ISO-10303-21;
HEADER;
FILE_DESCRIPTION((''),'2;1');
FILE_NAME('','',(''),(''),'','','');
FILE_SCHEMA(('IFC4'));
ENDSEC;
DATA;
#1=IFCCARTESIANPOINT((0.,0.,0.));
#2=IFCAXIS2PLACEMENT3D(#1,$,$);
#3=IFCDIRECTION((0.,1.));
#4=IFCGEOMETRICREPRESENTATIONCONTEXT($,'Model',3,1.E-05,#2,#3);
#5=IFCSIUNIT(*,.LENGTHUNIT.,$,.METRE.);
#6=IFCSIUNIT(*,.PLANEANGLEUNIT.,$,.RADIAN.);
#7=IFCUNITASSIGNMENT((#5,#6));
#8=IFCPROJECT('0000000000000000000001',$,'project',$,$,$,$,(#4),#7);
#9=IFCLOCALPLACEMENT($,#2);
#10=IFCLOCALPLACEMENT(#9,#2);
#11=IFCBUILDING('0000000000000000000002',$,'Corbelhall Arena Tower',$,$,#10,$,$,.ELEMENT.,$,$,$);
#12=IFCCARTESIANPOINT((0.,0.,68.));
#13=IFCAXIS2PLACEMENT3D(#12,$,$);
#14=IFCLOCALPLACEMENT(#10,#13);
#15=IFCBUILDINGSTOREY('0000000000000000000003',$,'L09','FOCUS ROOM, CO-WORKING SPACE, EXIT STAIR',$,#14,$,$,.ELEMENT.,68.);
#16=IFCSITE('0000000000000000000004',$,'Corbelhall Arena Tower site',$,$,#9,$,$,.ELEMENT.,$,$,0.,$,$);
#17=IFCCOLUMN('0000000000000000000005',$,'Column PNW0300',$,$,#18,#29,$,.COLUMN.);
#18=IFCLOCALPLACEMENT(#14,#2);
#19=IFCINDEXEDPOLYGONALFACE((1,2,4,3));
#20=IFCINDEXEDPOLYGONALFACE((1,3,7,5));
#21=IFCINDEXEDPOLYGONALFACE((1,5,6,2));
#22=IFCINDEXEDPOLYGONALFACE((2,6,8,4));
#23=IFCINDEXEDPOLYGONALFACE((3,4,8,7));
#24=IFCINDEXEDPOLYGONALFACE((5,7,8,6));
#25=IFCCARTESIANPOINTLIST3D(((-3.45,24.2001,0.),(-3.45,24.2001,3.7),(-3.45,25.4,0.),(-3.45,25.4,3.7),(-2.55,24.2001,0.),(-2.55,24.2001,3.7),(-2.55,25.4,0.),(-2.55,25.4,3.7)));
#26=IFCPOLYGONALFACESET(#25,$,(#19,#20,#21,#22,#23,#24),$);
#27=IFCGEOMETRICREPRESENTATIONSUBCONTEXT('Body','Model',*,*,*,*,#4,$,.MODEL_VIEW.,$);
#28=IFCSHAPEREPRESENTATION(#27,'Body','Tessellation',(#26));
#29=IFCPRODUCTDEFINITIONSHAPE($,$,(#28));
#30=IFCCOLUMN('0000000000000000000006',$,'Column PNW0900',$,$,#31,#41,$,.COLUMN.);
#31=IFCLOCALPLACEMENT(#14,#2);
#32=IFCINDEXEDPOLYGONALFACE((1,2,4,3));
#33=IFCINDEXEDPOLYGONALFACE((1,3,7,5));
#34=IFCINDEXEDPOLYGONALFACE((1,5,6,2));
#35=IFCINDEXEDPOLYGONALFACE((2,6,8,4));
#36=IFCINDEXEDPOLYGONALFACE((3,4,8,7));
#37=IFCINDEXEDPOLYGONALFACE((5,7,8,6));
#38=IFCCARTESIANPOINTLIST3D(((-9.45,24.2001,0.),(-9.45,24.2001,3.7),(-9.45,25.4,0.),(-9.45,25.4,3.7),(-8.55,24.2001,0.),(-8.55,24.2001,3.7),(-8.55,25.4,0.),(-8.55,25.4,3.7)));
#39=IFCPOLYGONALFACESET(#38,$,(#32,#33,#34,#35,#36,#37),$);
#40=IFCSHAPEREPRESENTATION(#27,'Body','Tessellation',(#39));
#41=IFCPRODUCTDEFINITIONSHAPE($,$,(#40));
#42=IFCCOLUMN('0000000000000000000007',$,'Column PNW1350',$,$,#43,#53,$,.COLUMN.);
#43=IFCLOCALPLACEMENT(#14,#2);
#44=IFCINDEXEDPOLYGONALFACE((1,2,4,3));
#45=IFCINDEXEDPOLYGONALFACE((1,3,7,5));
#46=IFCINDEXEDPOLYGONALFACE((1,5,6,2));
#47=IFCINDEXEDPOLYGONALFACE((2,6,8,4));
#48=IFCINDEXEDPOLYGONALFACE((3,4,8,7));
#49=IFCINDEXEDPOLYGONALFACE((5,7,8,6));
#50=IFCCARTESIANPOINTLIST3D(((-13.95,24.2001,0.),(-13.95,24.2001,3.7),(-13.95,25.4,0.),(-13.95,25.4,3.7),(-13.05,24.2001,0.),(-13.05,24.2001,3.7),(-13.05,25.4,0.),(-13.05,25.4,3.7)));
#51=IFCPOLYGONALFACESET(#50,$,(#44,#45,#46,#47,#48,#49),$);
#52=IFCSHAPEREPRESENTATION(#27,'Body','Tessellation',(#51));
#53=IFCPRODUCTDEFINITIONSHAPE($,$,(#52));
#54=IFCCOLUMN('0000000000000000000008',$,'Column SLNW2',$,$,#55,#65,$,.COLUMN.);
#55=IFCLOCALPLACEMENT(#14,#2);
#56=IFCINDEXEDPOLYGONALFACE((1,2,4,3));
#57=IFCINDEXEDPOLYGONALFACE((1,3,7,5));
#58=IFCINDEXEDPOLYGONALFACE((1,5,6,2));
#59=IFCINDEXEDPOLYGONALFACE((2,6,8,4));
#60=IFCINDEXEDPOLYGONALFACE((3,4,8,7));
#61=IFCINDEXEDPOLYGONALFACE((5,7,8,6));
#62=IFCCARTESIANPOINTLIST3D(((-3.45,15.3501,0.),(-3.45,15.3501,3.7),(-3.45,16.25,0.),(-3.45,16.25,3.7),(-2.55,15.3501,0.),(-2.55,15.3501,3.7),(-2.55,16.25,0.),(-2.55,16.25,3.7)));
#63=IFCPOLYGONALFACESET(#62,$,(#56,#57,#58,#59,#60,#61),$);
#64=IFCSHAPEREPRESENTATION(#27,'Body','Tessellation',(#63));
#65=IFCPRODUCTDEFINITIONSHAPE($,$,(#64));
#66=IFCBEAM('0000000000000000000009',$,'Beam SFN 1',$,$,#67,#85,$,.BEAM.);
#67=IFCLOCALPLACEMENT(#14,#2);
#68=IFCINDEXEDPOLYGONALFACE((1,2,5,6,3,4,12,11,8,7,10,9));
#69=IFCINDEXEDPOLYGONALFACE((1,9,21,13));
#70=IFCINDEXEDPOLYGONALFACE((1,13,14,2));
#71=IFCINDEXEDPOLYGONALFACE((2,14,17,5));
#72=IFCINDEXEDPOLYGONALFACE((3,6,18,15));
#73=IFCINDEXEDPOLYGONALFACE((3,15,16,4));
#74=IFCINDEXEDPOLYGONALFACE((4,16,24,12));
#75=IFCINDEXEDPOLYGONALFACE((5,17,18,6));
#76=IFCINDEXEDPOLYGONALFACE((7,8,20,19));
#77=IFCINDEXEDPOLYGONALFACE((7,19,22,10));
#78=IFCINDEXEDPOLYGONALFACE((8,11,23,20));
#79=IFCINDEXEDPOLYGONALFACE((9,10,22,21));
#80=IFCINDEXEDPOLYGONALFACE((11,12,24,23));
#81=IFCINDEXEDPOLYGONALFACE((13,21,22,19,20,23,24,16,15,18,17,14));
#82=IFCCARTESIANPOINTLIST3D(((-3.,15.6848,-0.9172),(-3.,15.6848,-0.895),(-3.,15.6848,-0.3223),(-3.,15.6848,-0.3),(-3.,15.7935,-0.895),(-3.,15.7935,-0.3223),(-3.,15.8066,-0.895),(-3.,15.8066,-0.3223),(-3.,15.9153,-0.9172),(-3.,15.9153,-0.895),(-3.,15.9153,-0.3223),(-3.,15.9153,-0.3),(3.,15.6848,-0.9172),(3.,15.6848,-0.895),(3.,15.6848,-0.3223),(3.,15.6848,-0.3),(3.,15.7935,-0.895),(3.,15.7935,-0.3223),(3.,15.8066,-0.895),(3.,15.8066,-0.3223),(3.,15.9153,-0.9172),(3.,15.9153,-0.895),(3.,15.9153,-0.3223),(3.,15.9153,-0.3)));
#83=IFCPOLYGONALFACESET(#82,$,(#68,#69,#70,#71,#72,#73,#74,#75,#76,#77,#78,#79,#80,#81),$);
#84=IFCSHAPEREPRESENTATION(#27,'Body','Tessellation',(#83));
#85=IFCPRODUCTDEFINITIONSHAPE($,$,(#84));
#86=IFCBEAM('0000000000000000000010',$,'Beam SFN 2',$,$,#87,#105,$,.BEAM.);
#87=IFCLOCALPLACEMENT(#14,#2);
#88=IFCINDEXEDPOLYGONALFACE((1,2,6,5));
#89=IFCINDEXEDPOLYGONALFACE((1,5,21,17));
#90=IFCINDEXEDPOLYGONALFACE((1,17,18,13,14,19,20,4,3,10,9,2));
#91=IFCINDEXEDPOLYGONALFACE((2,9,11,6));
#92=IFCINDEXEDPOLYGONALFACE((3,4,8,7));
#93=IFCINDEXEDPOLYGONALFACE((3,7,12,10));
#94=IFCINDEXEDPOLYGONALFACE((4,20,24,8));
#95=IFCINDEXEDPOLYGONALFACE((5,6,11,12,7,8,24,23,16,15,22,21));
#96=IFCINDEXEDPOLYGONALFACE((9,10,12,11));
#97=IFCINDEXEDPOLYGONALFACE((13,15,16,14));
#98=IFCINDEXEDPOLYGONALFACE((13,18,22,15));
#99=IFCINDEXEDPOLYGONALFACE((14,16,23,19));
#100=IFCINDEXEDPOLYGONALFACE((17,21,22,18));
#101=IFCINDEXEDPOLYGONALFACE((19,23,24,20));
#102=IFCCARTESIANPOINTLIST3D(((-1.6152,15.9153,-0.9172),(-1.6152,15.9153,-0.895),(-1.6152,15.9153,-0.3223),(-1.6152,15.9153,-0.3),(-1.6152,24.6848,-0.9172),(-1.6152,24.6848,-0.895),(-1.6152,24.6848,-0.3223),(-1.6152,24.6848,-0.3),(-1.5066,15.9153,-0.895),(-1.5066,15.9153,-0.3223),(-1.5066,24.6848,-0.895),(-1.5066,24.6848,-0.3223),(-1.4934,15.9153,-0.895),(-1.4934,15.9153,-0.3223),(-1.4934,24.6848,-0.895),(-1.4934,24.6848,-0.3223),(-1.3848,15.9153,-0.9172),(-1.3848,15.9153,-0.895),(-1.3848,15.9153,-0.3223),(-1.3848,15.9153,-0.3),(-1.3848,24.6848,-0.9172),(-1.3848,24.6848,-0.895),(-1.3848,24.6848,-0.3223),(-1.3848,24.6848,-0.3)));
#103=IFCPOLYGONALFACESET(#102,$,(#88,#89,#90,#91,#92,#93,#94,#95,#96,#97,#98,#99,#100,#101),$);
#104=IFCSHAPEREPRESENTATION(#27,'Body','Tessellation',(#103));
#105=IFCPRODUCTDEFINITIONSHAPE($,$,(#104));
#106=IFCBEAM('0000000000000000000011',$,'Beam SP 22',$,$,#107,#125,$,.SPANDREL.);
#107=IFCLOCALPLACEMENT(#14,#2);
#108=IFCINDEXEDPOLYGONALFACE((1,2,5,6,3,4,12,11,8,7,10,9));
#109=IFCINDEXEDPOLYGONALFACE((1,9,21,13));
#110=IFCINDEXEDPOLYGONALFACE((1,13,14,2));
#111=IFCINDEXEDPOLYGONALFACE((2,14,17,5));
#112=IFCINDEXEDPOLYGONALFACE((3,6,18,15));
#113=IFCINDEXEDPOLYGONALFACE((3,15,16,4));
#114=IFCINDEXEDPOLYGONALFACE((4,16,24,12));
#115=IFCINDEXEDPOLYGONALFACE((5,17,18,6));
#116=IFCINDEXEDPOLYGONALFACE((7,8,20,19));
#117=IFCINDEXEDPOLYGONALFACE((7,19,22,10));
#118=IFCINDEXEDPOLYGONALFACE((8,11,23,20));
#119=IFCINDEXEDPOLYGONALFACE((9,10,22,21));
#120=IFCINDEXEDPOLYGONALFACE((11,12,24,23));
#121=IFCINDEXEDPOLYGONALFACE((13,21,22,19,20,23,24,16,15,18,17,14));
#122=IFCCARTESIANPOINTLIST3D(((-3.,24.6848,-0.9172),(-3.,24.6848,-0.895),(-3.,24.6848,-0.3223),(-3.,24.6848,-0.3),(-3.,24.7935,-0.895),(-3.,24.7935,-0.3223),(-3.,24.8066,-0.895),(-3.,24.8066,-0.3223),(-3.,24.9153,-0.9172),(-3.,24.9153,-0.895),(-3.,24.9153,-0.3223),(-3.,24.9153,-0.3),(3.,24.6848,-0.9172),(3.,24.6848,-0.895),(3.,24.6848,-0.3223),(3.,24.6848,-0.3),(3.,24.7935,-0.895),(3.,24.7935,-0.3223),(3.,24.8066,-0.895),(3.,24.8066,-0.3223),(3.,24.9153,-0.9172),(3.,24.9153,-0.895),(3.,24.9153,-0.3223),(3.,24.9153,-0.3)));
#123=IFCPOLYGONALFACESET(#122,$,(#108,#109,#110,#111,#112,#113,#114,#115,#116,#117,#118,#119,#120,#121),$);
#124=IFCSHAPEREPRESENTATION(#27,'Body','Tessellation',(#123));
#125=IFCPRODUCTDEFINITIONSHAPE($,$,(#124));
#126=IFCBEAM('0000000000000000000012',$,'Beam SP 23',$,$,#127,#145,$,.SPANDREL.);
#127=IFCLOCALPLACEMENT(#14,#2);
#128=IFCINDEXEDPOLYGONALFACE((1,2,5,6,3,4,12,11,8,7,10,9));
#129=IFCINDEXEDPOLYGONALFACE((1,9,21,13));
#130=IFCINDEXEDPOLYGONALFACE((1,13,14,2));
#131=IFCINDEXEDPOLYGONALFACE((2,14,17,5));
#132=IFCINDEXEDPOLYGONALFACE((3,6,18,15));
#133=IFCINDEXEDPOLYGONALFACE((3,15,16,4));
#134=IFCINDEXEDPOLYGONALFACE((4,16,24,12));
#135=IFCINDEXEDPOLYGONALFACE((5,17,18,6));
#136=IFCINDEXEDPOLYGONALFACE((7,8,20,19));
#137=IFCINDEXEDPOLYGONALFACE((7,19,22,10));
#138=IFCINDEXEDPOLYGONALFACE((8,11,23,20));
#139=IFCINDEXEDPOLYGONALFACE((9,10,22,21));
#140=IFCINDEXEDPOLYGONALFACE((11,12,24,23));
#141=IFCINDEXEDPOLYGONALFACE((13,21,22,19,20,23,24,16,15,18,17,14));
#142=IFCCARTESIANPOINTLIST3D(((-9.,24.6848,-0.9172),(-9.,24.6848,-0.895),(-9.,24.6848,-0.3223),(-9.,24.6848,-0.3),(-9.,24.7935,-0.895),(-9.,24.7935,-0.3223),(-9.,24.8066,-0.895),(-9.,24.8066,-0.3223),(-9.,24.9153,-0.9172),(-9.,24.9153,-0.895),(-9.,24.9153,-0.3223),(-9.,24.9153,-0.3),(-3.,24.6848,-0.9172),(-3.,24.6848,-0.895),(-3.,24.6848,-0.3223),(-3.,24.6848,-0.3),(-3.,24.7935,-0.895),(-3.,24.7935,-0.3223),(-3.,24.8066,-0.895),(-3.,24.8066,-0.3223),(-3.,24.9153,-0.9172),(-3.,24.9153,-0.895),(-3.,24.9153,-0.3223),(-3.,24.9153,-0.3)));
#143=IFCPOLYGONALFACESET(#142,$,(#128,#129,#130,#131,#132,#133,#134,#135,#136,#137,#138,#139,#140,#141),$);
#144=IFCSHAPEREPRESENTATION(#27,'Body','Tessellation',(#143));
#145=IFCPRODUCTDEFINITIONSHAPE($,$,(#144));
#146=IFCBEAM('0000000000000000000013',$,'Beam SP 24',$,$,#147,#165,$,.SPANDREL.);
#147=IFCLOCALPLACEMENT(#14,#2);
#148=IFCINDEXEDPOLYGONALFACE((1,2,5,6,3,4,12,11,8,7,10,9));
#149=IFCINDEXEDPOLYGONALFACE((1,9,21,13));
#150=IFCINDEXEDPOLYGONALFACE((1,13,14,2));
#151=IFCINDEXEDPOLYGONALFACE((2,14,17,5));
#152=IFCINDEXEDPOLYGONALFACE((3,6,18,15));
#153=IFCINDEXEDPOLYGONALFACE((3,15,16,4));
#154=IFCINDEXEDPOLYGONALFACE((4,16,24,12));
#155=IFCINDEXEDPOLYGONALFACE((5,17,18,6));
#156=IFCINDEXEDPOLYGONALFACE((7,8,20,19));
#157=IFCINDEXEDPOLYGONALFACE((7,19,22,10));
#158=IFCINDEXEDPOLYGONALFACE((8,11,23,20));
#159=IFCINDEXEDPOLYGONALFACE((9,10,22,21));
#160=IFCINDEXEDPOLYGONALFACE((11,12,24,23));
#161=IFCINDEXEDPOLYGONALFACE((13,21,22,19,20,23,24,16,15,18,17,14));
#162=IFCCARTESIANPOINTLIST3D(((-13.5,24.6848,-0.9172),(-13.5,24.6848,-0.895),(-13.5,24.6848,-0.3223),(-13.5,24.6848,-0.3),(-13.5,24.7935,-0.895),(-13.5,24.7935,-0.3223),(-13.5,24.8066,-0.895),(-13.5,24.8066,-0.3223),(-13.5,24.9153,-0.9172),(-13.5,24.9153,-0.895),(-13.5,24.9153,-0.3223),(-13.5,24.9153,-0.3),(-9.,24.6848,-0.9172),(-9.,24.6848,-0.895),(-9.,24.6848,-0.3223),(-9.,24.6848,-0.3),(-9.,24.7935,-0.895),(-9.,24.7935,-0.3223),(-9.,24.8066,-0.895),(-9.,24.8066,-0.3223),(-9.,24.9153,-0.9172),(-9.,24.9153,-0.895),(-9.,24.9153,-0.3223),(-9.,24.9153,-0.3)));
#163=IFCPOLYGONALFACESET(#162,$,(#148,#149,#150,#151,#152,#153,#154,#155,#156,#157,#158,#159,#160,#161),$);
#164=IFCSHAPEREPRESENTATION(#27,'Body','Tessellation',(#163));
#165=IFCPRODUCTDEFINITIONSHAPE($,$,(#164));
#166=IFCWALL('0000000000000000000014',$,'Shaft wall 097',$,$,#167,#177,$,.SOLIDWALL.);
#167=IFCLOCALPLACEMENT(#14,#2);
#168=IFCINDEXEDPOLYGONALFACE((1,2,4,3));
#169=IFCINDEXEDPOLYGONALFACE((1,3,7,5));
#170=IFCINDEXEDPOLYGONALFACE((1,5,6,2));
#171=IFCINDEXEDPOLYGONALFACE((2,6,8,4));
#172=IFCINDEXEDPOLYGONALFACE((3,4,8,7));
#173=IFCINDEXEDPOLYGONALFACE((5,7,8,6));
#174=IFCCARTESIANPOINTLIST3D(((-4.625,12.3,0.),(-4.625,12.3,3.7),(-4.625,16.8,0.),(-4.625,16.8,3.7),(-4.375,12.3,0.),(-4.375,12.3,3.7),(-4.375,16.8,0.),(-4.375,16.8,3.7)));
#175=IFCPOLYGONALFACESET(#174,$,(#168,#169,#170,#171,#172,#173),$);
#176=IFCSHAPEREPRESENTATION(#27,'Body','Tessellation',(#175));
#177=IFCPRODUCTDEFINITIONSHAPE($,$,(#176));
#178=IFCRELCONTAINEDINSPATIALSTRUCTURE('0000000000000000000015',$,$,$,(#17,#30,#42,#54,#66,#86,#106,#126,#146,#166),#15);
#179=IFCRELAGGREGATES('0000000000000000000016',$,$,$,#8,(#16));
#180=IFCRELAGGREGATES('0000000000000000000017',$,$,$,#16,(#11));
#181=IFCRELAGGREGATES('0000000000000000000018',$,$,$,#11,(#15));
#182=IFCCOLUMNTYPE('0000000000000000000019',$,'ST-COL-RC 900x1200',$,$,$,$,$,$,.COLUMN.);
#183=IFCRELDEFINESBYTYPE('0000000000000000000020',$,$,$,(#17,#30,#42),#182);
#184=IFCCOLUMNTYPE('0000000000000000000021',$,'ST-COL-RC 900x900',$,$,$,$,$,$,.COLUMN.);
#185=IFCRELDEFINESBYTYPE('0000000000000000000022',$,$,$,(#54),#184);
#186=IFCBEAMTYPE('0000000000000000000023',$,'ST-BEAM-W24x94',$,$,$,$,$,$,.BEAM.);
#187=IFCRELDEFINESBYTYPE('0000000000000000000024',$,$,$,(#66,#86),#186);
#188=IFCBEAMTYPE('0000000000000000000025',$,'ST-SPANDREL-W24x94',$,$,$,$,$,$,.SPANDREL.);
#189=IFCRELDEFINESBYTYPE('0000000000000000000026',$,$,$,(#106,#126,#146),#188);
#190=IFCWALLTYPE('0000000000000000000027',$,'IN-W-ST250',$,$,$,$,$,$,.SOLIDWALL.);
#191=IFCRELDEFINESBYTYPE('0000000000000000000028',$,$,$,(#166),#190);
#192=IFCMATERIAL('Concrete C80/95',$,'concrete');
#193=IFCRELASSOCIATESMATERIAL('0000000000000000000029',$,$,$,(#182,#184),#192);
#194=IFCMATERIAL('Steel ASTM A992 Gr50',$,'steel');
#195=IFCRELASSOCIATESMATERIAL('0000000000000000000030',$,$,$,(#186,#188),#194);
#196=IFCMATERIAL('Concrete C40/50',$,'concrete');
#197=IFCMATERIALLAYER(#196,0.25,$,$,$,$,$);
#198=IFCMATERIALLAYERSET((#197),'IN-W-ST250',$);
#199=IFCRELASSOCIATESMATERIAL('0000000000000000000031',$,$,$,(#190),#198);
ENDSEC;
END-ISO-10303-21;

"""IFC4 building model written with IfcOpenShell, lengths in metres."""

from ifc_helpers import new_model, si_unit, direction, frame, frame_2d, origin, origin_2d, place, context, subcontext, project, spatial, rectangle, i_section, extrude, material, layer, layer_set, material_profile, profile_set, type_object, element, save


model = new_model("IFC4")

# Units and contexts
model_context = context("Model", 3, precision=1e-05, world=origin(), true_north=direction((0.0, 1.0)))
body_context = subcontext(model_context, "Body", "Model", "MODEL_VIEW")
ifc_project = project(units=[si_unit("LENGTHUNIT", "METRE"), si_unit("PLANEANGLEUNIT", "RADIAN")], contexts=[model_context])

# Site, building, storey
site_placement = place(None, origin())
site = spatial("IfcSite", under=ifc_project, at=site_placement, Name="Corbelhall Arena Tower site", CompositionType="ELEMENT", RefElevation=0.0)
building_placement = place(site_placement, origin())
building = spatial("IfcBuilding", under=site, at=building_placement, Name="Corbelhall Arena Tower", CompositionType="ELEMENT")
storey_placement = place(building_placement, frame((0.0, 0.0, 68.0)))
storey = spatial("IfcBuildingStorey", under=building, at=storey_placement, Name="L09", Description="FOCUS ROOM, CO-WORKING SPACE, EXIT STAIR", CompositionType="ELEMENT", Elevation=68.0)

# Columns
ifc_material_1 = material(Name="Concrete C80/95", Category="concrete")
ifc_material_profile_1 = material_profile(ifc_material_1, rectangle(XDim=0.8999, YDim=1.2, at=origin_2d()))
ifc_profile_set_1 = profile_set([ifc_material_profile_1], Name="Concrete C80/95")
column_type_1 = type_object("IfcColumnType", Name="ST-COL-RC 900x1200", PredefinedType="COLUMN", material=ifc_profile_set_1)
for number, where, z_axis, x_axis, name in (
    (1, (-3.0, 24.8, 0.0), (0.0, 0.0, 1.0), (1.0, 0.0, 0.0), "Column PNW0300"),
    (2, (-9.0, 24.8, 0.0), (0.0, 0.0, 1.0), (1.0, 0.0, 0.0), "Column PNW0900"),
    (3, (-13.5, 24.8, 0.0), (0.0, 0.0, 1.0), (1.0, 0.0, 0.0), "Column PNW1350"),
):
    element("IfcColumn", number, at=place(storey_placement, frame(where, z_axis=z_axis, x_axis=x_axis)), inside=storey, type_object=column_type_1, Name=name, PredefinedType="COLUMN", context=body_context, shape_type="SweptSolid", body=[
        extrude(rectangle(XDim=0.8999, YDim=1.2, at=origin_2d()), origin(), (0.0, 0.0, 1.0), 3.7),
    ])
ifc_material_profile_2 = material_profile(ifc_material_1, rectangle(XDim=0.8999, YDim=0.8999, at=origin_2d()))
ifc_profile_set_2 = profile_set([ifc_material_profile_2], Name="Concrete C80/95")
column_type_2 = type_object("IfcColumnType", Name="ST-COL-RC 900x900", PredefinedType="COLUMN", material=ifc_profile_set_2)
column_placement = place(storey_placement, frame((-3.0, 15.8, 0.0), z_axis=(0.0, 0.0, 1.0), x_axis=(1.0, 0.0, 0.0)))
element("IfcColumn", 4, at=column_placement, inside=storey, type_object=column_type_2, Name="Column SLNW2", PredefinedType="COLUMN", context=body_context, shape_type="SweptSolid", body=[
    extrude(rectangle(XDim=0.8999, YDim=0.8999, at=origin_2d()), origin(), (0.0, 0.0, 1.0), 3.7),
])

# Beams
ifc_material_2 = material(Name="Steel ASTM A992 Gr50", Category="steel")
ifc_material_profile_3 = material_profile(ifc_material_2, i_section(OverallWidth=0.2305, OverallDepth=0.6172, WebThickness=0.0132, FlangeThickness=0.0222, at=origin_2d()))
ifc_profile_set_3 = profile_set([ifc_material_profile_3], Name="Steel ASTM A992 Gr50")
beam_type_1 = type_object("IfcBeamType", Name="ST-BEAM-W24x94", PredefinedType="BEAM", material=ifc_profile_set_3)
beam_1_placement = place(storey_placement, frame((-3.0, 15.8, -0.6086), z_axis=(1.0, 0.0, 0.0), x_axis=(0.0, 1.0, 0.0)))
element("IfcBeam", 5, at=beam_1_placement, inside=storey, type_object=beam_type_1, Name="Beam SFN 1", PredefinedType="BEAM", context=body_context, shape_type="SweptSolid", body=[
    extrude(i_section(OverallWidth=0.2305, OverallDepth=0.6172, WebThickness=0.0132, FlangeThickness=0.0222, at=origin_2d()), origin(), (0.0, 0.0, 1.0), 6.0),
])
beam_2_placement = place(storey_placement, frame((-1.5, 15.9153, -0.6086), z_axis=(0.0, 1.0, 0.0), x_axis=(-1.0, 0.0, 0.0)))
element("IfcBeam", 6, at=beam_2_placement, inside=storey, type_object=beam_type_1, Name="Beam SFN 2", PredefinedType="BEAM", context=body_context, shape_type="SweptSolid", body=[
    extrude(i_section(OverallWidth=0.2305, OverallDepth=0.6172, WebThickness=0.0132, FlangeThickness=0.0222, at=origin_2d()), origin(), (0.0, 0.0, 1.0), 8.7695),
])
ifc_material_profile_4 = material_profile(ifc_material_2, i_section(OverallWidth=0.2305, OverallDepth=0.6172, WebThickness=0.0132, FlangeThickness=0.0222, at=origin_2d()))
ifc_profile_set_4 = profile_set([ifc_material_profile_4], Name="Steel ASTM A992 Gr50")
beam_type_2 = type_object("IfcBeamType", Name="ST-SPANDREL-W24x94", PredefinedType="SPANDREL", material=ifc_profile_set_4)
for number, where, z_axis, x_axis, name in (
    (7, (-3.0, 24.8, -0.6086), (1.0, 0.0, 0.0), (0.0, 1.0, 0.0), "Beam SP 22"),
    (8, (-9.0, 24.8, -0.6086), (1.0, 0.0, 0.0), (0.0, 1.0, 0.0), "Beam SP 23"),
):
    element("IfcBeam", number, at=place(storey_placement, frame(where, z_axis=z_axis, x_axis=x_axis)), inside=storey, type_object=beam_type_2, Name=name, PredefinedType="SPANDREL", context=body_context, shape_type="SweptSolid", body=[
        extrude(i_section(OverallWidth=0.2305, OverallDepth=0.6172, WebThickness=0.0132, FlangeThickness=0.0222, at=origin_2d()), origin(), (0.0, 0.0, 1.0), 6.0),
    ])
beam_3_placement = place(storey_placement, frame((-13.5, 24.8, -0.6086), z_axis=(1.0, 0.0, 0.0), x_axis=(0.0, 1.0, 0.0)))
element("IfcBeam", 9, at=beam_3_placement, inside=storey, type_object=beam_type_2, Name="Beam SP 24", PredefinedType="SPANDREL", context=body_context, shape_type="SweptSolid", body=[
    extrude(i_section(OverallWidth=0.2305, OverallDepth=0.6172, WebThickness=0.0132, FlangeThickness=0.0222, at=origin_2d()), origin(), (0.0, 0.0, 1.0), 4.5),
])

# Wall
ifc_material_3 = material(Name="Concrete C40/50", Category="concrete")
ifc_layer_1 = layer(ifc_material_3, 0.25)
ifc_layer_set_1 = layer_set([ifc_layer_1], Name="IN-W-ST250")
wall_type_1 = type_object("IfcWallType", Name="IN-W-ST250", PredefinedType="SOLIDWALL", material=ifc_layer_set_1)
wall_1_placement = place(storey_placement, frame((-4.5, 16.8, 0.0), z_axis=(0.0, 0.0, 1.0), x_axis=(0.0, -1.0, 0.0)))
element("IfcWall", 10, at=wall_1_placement, inside=storey, type_object=wall_type_1, Name="Shaft wall 097", PredefinedType="SOLIDWALL", context=body_context, shape_type="SweptSolid", body=[
    extrude(rectangle(XDim=4.5, YDim=0.25, at=frame_2d((2.25, 0.0))), origin(), (0.0, 0.0, 1.0), 3.7),
])

save(model, "model.ifc")
